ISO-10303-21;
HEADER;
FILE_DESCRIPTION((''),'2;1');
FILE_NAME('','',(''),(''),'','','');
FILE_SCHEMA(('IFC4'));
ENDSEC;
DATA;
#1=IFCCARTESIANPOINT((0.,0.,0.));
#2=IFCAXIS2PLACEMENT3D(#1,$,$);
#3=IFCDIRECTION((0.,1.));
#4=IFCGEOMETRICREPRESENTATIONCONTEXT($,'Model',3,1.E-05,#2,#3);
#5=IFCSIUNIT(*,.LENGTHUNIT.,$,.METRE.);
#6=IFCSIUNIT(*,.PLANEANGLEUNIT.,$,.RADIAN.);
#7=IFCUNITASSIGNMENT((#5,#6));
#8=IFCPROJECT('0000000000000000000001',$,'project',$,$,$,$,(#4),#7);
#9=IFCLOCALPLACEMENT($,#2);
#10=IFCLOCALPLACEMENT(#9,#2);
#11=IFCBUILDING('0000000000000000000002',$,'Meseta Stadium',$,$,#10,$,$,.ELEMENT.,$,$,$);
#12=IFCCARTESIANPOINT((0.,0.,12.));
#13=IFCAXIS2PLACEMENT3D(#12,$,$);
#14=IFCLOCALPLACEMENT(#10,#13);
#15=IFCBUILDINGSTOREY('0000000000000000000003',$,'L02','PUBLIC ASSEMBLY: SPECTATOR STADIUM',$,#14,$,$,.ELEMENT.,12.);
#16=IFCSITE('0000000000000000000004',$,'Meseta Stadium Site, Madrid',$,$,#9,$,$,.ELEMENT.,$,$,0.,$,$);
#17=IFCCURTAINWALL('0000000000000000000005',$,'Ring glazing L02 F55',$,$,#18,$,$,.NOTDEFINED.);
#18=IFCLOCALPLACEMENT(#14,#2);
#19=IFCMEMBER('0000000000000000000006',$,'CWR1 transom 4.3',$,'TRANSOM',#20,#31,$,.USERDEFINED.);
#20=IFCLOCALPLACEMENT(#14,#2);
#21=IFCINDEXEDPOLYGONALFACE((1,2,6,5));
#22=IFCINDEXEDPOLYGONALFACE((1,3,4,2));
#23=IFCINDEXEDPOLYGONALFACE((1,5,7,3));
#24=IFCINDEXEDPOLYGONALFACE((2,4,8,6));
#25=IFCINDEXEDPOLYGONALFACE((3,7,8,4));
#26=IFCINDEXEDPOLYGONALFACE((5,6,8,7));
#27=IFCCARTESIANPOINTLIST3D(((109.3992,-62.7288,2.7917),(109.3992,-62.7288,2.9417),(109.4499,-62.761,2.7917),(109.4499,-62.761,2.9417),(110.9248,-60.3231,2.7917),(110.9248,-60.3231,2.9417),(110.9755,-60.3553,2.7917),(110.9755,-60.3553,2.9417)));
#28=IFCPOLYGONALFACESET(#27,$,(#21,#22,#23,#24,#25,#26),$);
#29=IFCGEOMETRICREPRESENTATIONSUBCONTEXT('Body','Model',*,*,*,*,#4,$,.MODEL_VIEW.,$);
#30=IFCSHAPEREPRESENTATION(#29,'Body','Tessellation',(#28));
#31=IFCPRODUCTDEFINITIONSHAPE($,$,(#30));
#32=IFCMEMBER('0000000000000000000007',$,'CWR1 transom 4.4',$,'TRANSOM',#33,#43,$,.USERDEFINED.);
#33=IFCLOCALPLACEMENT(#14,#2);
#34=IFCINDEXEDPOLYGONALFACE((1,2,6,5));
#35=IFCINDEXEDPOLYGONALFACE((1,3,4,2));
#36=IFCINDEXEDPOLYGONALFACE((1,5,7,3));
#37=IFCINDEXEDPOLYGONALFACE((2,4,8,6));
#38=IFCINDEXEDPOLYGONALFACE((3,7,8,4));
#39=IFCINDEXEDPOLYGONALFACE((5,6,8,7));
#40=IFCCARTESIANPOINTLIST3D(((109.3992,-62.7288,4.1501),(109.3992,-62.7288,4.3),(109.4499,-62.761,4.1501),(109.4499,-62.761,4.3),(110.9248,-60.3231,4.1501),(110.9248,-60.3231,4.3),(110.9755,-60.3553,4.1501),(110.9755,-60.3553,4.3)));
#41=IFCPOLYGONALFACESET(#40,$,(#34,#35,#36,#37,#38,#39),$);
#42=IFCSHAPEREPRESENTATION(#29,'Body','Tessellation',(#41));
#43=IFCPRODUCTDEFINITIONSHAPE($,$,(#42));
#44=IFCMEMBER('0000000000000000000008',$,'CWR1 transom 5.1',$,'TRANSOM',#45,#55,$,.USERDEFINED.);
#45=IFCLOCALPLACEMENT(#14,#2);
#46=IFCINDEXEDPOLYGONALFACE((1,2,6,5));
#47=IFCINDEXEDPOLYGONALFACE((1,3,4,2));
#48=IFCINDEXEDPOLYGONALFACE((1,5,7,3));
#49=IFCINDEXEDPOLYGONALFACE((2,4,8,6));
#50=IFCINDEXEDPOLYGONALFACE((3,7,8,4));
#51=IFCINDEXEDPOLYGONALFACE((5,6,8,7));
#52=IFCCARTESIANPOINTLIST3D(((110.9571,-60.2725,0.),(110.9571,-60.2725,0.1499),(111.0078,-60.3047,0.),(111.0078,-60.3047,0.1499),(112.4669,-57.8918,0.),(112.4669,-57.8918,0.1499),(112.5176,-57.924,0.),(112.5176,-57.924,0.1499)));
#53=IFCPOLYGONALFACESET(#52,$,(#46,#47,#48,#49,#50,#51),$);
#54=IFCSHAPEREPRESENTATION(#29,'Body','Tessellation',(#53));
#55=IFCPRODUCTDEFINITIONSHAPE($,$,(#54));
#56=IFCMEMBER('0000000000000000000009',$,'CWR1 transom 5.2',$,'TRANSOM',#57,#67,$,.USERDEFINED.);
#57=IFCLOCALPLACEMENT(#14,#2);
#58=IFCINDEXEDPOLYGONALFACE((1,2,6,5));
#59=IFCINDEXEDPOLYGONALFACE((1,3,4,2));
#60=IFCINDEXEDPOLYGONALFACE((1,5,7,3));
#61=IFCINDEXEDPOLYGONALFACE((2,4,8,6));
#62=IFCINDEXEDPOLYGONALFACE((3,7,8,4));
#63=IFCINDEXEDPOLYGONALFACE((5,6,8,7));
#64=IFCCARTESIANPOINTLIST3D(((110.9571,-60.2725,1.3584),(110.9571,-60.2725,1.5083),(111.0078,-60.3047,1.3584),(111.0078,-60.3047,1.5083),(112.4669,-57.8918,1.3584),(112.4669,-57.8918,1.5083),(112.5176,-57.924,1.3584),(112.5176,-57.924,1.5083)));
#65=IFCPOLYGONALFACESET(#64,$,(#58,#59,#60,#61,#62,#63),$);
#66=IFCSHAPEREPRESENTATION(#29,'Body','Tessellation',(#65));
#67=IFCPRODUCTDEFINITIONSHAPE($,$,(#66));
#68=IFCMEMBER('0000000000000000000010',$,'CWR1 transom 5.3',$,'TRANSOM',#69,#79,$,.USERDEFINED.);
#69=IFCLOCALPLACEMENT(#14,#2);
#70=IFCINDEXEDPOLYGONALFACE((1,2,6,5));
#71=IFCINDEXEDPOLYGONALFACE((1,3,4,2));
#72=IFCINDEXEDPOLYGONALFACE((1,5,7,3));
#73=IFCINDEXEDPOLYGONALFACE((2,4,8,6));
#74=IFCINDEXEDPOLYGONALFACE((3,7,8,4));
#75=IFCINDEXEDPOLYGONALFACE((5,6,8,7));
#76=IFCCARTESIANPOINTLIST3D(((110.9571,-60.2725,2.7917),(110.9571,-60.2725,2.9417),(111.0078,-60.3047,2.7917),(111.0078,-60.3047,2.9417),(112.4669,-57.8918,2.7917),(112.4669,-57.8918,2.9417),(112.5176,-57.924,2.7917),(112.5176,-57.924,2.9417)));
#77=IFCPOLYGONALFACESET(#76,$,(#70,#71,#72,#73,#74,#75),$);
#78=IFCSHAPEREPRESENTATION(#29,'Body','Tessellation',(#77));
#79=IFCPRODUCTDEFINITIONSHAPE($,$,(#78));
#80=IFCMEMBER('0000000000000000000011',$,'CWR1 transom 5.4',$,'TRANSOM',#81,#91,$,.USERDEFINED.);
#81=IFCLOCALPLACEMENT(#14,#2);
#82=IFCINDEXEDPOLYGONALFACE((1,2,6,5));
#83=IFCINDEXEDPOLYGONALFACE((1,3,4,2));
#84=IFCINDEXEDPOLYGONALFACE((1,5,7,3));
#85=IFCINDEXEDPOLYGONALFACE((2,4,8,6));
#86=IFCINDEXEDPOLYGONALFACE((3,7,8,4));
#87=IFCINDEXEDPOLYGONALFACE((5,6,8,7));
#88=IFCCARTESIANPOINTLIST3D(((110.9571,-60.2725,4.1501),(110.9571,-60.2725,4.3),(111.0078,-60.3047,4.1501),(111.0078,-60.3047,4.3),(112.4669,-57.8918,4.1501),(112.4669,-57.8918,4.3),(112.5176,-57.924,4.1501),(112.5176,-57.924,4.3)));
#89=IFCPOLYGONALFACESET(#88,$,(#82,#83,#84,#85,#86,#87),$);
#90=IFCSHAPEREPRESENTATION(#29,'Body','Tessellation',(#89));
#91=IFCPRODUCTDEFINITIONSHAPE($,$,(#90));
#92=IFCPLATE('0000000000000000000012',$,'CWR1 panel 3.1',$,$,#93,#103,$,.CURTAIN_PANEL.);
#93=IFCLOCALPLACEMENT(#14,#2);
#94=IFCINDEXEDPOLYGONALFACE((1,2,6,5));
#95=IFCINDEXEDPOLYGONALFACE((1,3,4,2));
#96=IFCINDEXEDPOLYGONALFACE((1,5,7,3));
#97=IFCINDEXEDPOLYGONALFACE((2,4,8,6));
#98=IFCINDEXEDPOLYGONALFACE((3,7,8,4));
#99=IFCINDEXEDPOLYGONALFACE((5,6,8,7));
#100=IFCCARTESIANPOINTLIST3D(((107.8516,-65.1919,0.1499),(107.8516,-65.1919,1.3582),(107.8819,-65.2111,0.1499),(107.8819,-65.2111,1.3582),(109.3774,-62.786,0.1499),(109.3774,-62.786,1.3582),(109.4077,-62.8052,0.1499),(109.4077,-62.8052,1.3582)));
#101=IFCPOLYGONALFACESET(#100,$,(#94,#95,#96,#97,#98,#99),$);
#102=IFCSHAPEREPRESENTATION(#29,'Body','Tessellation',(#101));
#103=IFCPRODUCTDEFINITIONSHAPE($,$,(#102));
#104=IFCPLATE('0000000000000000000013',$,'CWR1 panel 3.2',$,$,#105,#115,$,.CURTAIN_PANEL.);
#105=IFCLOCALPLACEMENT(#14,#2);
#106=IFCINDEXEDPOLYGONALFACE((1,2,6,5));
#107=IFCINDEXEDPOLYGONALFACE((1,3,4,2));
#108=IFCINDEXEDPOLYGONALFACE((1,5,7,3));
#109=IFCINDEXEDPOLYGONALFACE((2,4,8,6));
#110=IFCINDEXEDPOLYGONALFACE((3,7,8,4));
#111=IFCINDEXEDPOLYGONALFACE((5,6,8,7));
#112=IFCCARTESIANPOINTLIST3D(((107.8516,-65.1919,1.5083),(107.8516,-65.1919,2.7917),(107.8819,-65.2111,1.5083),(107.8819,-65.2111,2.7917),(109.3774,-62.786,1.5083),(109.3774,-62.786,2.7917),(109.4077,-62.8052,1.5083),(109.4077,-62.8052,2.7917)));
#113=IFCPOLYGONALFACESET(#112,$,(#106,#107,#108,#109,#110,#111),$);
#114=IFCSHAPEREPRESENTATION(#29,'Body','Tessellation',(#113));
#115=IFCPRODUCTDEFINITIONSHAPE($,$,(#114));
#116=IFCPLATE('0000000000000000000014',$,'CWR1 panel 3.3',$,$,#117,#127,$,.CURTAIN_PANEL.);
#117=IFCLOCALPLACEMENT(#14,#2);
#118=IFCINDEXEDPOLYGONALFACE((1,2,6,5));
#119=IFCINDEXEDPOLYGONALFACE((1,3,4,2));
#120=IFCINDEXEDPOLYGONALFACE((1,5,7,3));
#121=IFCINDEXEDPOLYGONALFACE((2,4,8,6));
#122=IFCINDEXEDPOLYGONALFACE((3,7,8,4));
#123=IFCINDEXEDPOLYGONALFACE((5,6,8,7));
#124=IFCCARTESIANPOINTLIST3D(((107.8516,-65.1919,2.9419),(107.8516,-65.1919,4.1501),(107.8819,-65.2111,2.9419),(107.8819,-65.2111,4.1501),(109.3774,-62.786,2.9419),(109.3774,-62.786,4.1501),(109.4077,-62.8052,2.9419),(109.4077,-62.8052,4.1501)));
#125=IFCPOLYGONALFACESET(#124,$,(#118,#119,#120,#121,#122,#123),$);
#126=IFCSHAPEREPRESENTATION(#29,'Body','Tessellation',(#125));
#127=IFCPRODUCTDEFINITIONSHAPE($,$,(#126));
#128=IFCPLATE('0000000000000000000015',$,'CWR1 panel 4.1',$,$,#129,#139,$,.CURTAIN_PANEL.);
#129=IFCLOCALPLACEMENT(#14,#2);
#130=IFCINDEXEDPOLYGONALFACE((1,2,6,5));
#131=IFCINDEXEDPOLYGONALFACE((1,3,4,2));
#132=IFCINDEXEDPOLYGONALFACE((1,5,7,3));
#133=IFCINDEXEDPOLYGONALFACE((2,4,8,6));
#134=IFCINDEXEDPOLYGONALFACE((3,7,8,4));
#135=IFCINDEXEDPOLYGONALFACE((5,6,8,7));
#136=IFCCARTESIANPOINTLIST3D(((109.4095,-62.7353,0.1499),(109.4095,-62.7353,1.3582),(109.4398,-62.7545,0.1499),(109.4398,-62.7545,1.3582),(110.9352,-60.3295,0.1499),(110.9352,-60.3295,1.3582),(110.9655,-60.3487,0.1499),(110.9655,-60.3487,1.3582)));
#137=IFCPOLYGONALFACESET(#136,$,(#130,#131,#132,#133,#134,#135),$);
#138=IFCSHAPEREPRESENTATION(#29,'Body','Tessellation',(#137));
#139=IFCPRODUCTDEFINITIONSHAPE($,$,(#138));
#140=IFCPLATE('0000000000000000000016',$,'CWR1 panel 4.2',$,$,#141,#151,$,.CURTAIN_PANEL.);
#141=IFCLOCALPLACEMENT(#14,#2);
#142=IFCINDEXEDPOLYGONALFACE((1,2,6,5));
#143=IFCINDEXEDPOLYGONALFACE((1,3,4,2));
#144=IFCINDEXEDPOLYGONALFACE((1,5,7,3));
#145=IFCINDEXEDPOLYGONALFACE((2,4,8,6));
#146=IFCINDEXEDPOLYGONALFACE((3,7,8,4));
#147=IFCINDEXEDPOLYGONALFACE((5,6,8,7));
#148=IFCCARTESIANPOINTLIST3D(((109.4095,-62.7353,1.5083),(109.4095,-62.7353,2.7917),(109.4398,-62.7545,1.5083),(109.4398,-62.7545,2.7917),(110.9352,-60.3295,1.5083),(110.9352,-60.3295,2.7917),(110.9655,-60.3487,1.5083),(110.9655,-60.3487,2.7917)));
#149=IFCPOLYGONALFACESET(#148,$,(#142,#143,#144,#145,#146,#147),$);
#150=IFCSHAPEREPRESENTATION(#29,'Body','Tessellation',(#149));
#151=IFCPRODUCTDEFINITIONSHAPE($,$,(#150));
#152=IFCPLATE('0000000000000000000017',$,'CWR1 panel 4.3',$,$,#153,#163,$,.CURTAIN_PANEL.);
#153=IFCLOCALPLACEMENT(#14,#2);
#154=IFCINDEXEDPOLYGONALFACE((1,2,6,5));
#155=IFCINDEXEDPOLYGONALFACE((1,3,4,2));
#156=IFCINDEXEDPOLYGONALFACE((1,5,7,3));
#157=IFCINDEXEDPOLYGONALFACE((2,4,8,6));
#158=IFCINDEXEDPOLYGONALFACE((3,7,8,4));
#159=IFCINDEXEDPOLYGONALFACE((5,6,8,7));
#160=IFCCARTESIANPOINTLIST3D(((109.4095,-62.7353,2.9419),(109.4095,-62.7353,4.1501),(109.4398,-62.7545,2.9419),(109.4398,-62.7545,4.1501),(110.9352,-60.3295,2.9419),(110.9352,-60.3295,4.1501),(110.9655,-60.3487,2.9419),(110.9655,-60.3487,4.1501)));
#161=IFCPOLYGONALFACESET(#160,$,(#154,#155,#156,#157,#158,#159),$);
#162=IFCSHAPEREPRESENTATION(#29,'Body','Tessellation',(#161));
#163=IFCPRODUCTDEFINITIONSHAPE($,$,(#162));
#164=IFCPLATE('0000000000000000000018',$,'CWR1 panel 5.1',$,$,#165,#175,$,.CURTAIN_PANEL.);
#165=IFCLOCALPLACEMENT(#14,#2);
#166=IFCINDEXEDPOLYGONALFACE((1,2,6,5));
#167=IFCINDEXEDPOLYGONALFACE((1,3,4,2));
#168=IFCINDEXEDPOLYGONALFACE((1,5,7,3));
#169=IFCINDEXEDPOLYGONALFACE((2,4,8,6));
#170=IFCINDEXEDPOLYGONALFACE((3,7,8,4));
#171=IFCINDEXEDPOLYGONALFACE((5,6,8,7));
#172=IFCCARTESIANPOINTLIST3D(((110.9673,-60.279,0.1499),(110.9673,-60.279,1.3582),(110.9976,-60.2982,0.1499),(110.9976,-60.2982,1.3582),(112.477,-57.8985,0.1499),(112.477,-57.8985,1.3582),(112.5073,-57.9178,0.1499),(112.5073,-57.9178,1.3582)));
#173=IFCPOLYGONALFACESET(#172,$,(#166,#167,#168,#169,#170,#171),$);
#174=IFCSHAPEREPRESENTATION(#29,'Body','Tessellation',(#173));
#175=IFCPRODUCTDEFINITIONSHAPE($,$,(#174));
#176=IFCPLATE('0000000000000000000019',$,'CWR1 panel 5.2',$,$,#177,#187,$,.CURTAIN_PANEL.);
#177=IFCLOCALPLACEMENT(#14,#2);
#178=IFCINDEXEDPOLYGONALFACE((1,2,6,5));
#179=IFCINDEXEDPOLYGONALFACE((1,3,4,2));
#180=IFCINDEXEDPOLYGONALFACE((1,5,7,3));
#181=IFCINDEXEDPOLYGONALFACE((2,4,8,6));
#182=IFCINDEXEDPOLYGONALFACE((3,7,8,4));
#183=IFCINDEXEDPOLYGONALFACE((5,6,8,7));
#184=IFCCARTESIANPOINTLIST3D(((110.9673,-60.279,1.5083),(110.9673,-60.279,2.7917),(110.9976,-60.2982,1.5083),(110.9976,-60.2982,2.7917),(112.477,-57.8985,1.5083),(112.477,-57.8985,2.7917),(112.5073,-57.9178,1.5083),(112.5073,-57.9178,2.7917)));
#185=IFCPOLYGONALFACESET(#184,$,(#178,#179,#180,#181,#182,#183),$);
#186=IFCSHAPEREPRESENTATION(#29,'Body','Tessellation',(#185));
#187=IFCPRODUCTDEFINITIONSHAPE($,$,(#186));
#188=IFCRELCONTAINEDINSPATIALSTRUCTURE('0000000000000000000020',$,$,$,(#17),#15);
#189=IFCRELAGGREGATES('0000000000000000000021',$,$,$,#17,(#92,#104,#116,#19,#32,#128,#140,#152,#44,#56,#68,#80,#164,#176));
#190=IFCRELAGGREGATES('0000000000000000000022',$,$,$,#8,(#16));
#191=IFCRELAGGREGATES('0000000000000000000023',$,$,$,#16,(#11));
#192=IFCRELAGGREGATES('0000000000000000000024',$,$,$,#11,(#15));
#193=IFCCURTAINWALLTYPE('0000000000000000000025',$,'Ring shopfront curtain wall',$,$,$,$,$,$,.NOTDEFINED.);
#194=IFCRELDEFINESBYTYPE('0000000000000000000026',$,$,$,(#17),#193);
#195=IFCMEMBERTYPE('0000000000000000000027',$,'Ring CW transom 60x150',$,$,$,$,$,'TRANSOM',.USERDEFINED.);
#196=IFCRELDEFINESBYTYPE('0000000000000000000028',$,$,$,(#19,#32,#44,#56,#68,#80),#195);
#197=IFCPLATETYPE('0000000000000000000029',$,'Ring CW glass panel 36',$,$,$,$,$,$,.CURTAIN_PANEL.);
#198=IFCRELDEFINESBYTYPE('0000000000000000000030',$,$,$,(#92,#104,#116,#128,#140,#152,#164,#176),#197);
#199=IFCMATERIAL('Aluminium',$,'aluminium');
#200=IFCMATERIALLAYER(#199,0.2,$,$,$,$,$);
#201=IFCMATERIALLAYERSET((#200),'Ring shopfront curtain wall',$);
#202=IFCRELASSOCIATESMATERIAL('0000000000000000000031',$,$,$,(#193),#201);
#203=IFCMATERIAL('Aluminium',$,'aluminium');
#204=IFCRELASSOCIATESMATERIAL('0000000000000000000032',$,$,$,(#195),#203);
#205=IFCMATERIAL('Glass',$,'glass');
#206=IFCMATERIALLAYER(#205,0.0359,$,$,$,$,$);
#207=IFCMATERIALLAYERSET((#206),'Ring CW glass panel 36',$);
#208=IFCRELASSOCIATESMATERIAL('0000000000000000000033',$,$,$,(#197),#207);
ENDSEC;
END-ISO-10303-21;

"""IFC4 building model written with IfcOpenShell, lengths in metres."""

from ifc_helpers import new_model, si_unit, direction, frame, origin, origin_2d, place, context, subcontext, project, spatial, rectangle, extrude, material, layer, layer_set, material_profile, profile_set, type_object, element, aggregate, save


model = new_model("IFC4")

# Units and contexts
model_context = context("Model", 3, precision=1e-05, world=origin(), true_north=direction((0.0, 1.0)))
body_context = subcontext(model_context, "Body", "Model", "MODEL_VIEW")
ifc_project = project(units=[si_unit("LENGTHUNIT", "METRE"), si_unit("PLANEANGLEUNIT", "RADIAN")], contexts=[model_context])

# Site, building, storey
site_placement = place(None, origin())
site = spatial("IfcSite", under=ifc_project, at=site_placement, Name="Meseta Stadium Site, Madrid", CompositionType="ELEMENT", RefElevation=0.0)
building_placement = place(site_placement, origin())
building = spatial("IfcBuilding", under=site, at=building_placement, Name="Meseta Stadium", CompositionType="ELEMENT")
storey_placement = place(building_placement, frame((0.0, 0.0, 12.0)))
storey = spatial("IfcBuildingStorey", under=building, at=storey_placement, Name="L02", Description="PUBLIC ASSEMBLY: SPECTATOR STADIUM", CompositionType="ELEMENT", Elevation=12.0)

# Curtain wall, members, plates
ifc_material_1 = material(Name="Aluminium", Category="aluminium")
ifc_layer_1 = layer(ifc_material_1, 0.2)
ifc_layer_set_1 = layer_set([ifc_layer_1], Name="Ring shopfront curtain wall")
curtain_wall_type = type_object("IfcCurtainWallType", Name="Ring shopfront curtain wall", PredefinedType="NOTDEFINED", material=ifc_layer_set_1)
curtain_wall_placement = place(storey_placement, origin())
curtain_wall = element("IfcCurtainWall", 1, at=curtain_wall_placement, inside=storey, type_object=curtain_wall_type, Name="Ring glazing L02 F55", PredefinedType="NOTDEFINED")
ifc_material_2 = material(Name="Aluminium", Category="aluminium")
ifc_material_profile_1 = material_profile(ifc_material_2, rectangle(XDim=0.0601, YDim=0.1499, at=origin_2d()), Name="CW 60x150")
ifc_profile_set_1 = profile_set([ifc_material_profile_1], Name="Aluminium")
member_type_1 = type_object("IfcMemberType", Name="Ring CW transom 60x150", ElementType="TRANSOM", PredefinedType="USERDEFINED", material=ifc_profile_set_1)
member_1_placement = place(storey_placement, frame((109.4246, -62.7449, 2.8667), z_axis=(0.535549, 0.844504, 0.0), x_axis=(-0.844504, 0.535549, 0.0)))
member_1 = element("IfcMember", 2, at=member_1_placement, type_object=member_type_1, Name="CWR1 transom 4.3", ObjectType="TRANSOM", PredefinedType="USERDEFINED", context=body_context, shape_type="SweptSolid", body=[
    extrude(rectangle(XDim=0.0601, YDim=0.1499, at=origin_2d()), origin(), (0.0, 0.0, 1.0), 2.8486),
])
member_2_placement = place(storey_placement, frame((109.4246, -62.7449, 4.2251), z_axis=(0.535549, 0.844504, 0.0), x_axis=(-0.844504, 0.535549, 0.0)))
member_2 = element("IfcMember", 3, at=member_2_placement, type_object=member_type_1, Name="CWR1 transom 4.4", ObjectType="TRANSOM", PredefinedType="USERDEFINED", context=body_context, shape_type="SweptSolid", body=[
    extrude(rectangle(XDim=0.0601, YDim=0.1499, at=origin_2d()), origin(), (0.0, 0.0, 1.0), 2.8486),
])
member_3_placement = place(storey_placement, frame((110.9824, -60.2886, 0.075), z_axis=(0.535569, 0.844491, 0.0), x_axis=(-0.844491, 0.535569, 0.0)))
member_3 = element("IfcMember", 4, at=member_3_placement, type_object=member_type_1, Name="CWR1 transom 5.1", ObjectType="TRANSOM", PredefinedType="USERDEFINED", context=body_context, shape_type="SweptSolid", body=[
    extrude(rectangle(XDim=0.0601, YDim=0.1499, at=origin_2d()), origin(), (0.0, 0.0, 1.0), 2.8191),
])
member_4_placement = place(storey_placement, frame((110.9824, -60.2886, 1.4333), z_axis=(0.535569, 0.844491, 0.0), x_axis=(-0.844491, 0.535569, 0.0)))
member_4 = element("IfcMember", 5, at=member_4_placement, type_object=member_type_1, Name="CWR1 transom 5.2", ObjectType="TRANSOM", PredefinedType="USERDEFINED", context=body_context, shape_type="SweptSolid", body=[
    extrude(rectangle(XDim=0.0601, YDim=0.1499, at=origin_2d()), origin(), (0.0, 0.0, 1.0), 2.8191),
])
member_5_placement = place(storey_placement, frame((110.9824, -60.2886, 2.8667), z_axis=(0.535569, 0.844491, 0.0), x_axis=(-0.844491, 0.535569, 0.0)))
member_5 = element("IfcMember", 6, at=member_5_placement, type_object=member_type_1, Name="CWR1 transom 5.3", ObjectType="TRANSOM", PredefinedType="USERDEFINED", context=body_context, shape_type="SweptSolid", body=[
    extrude(rectangle(XDim=0.0601, YDim=0.1499, at=origin_2d()), origin(), (0.0, 0.0, 1.0), 2.8191),
])
member_6_placement = place(storey_placement, frame((110.9824, -60.2886, 4.2251), z_axis=(0.535569, 0.844491, 0.0), x_axis=(-0.844491, 0.535569, 0.0)))
member_6 = element("IfcMember", 7, at=member_6_placement, type_object=member_type_1, Name="CWR1 transom 5.4", ObjectType="TRANSOM", PredefinedType="USERDEFINED", context=body_context, shape_type="SweptSolid", body=[
    extrude(rectangle(XDim=0.0601, YDim=0.1499, at=origin_2d()), origin(), (0.0, 0.0, 1.0), 2.8191),
])
ifc_material_3 = material(Name="Glass", Category="glass")
ifc_layer_2 = layer(ifc_material_3, 0.0359)
ifc_layer_set_2 = layer_set([ifc_layer_2], Name="Ring CW glass panel 36")
plate_type_1 = type_object("IfcPlateType", Name="Ring CW glass panel 36", PredefinedType="CURTAIN_PANEL", material=ifc_layer_set_2)
plate_1_placement = place(storey_placement, frame((108.6296, -63.9985, 0.1499), z_axis=(0.0, 0.0, 1.0), x_axis=(0.535569, 0.844491, 0.0)))
plate_1 = element("IfcPlate", 8, at=plate_1_placement, type_object=plate_type_1, Name="CWR1 panel 3.1", PredefinedType="CURTAIN_PANEL", context=body_context, shape_type="SweptSolid", body=[
    extrude(rectangle(XDim=2.8489, YDim=0.0359, at=origin_2d()), origin(), (0.0, 0.0, 1.0), 1.2083),
])
plate_2_placement = place(storey_placement, frame((108.6296, -63.9985, 1.5083), z_axis=(0.0, 0.0, 1.0), x_axis=(0.535569, 0.844491, 0.0)))
plate_2 = element("IfcPlate", 9, at=plate_2_placement, type_object=plate_type_1, Name="CWR1 panel 3.2", PredefinedType="CURTAIN_PANEL", context=body_context, shape_type="SweptSolid", body=[
    extrude(rectangle(XDim=2.8489, YDim=0.0359, at=origin_2d()), origin(), (0.0, 0.0, 1.0), 1.2834),
])
plate_3_placement = place(storey_placement, frame((108.6296, -63.9985, 2.9419), z_axis=(0.0, 0.0, 1.0), x_axis=(0.535569, 0.844491, 0.0)))
plate_3 = element("IfcPlate", 10, at=plate_3_placement, type_object=plate_type_1, Name="CWR1 panel 3.3", PredefinedType="CURTAIN_PANEL", context=body_context, shape_type="SweptSolid", body=[
    extrude(rectangle(XDim=2.8489, YDim=0.0359, at=origin_2d()), origin(), (0.0, 0.0, 1.0), 1.2083),
])
plate_4_placement = place(storey_placement, frame((110.1875, -61.542, 0.1499), z_axis=(0.0, 0.0, 1.0), x_axis=(0.535569, 0.844491, 0.0)))
plate_4 = element("IfcPlate", 11, at=plate_4_placement, type_object=plate_type_1, Name="CWR1 panel 4.1", PredefinedType="CURTAIN_PANEL", context=body_context, shape_type="SweptSolid", body=[
    extrude(rectangle(XDim=2.8489, YDim=0.0359, at=origin_2d()), origin(), (0.0, 0.0, 1.0), 1.2083),
])
plate_5_placement = place(storey_placement, frame((110.1875, -61.542, 1.5083), z_axis=(0.0, 0.0, 1.0), x_axis=(0.535569, 0.844491, 0.0)))
plate_5 = element("IfcPlate", 12, at=plate_5_placement, type_object=plate_type_1, Name="CWR1 panel 4.2", PredefinedType="CURTAIN_PANEL", context=body_context, shape_type="SweptSolid", body=[
    extrude(rectangle(XDim=2.8489, YDim=0.0359, at=origin_2d()), origin(), (0.0, 0.0, 1.0), 1.2834),
])
plate_6_placement = place(storey_placement, frame((110.1875, -61.542, 2.9419), z_axis=(0.0, 0.0, 1.0), x_axis=(0.535569, 0.844491, 0.0)))
plate_6 = element("IfcPlate", 13, at=plate_6_placement, type_object=plate_type_1, Name="CWR1 panel 4.3", PredefinedType="CURTAIN_PANEL", context=body_context, shape_type="SweptSolid", body=[
    extrude(rectangle(XDim=2.8489, YDim=0.0359, at=origin_2d()), origin(), (0.0, 0.0, 1.0), 1.2083),
])
plate_7_placement = place(storey_placement, frame((111.7373, -59.0984, 0.1499), z_axis=(0.0, 0.0, 1.0), x_axis=(0.535569, 0.844491, 0.0)))
plate_7 = element("IfcPlate", 14, at=plate_7_placement, type_object=plate_type_1, Name="CWR1 panel 5.1", PredefinedType="CURTAIN_PANEL", context=body_context, shape_type="SweptSolid", body=[
    extrude(rectangle(XDim=2.8188, YDim=0.0359, at=origin_2d()), origin(), (0.0, 0.0, 1.0), 1.2083),
])
plate_8_placement = place(storey_placement, frame((111.7373, -59.0984, 1.5083), z_axis=(0.0, 0.0, 1.0), x_axis=(0.535569, 0.844491, 0.0)))
plate_8 = element("IfcPlate", 15, at=plate_8_placement, type_object=plate_type_1, Name="CWR1 panel 5.2", PredefinedType="CURTAIN_PANEL", context=body_context, shape_type="SweptSolid", body=[
    extrude(rectangle(XDim=2.8188, YDim=0.0359, at=origin_2d()), origin(), (0.0, 0.0, 1.0), 1.2834),
])
aggregate(curtain_wall, [plate_1, plate_2, plate_3, member_1, member_2, plate_4, plate_5, plate_6, member_3, member_4, member_5, member_6, plate_7, plate_8])

save(model, "model.ifc")
